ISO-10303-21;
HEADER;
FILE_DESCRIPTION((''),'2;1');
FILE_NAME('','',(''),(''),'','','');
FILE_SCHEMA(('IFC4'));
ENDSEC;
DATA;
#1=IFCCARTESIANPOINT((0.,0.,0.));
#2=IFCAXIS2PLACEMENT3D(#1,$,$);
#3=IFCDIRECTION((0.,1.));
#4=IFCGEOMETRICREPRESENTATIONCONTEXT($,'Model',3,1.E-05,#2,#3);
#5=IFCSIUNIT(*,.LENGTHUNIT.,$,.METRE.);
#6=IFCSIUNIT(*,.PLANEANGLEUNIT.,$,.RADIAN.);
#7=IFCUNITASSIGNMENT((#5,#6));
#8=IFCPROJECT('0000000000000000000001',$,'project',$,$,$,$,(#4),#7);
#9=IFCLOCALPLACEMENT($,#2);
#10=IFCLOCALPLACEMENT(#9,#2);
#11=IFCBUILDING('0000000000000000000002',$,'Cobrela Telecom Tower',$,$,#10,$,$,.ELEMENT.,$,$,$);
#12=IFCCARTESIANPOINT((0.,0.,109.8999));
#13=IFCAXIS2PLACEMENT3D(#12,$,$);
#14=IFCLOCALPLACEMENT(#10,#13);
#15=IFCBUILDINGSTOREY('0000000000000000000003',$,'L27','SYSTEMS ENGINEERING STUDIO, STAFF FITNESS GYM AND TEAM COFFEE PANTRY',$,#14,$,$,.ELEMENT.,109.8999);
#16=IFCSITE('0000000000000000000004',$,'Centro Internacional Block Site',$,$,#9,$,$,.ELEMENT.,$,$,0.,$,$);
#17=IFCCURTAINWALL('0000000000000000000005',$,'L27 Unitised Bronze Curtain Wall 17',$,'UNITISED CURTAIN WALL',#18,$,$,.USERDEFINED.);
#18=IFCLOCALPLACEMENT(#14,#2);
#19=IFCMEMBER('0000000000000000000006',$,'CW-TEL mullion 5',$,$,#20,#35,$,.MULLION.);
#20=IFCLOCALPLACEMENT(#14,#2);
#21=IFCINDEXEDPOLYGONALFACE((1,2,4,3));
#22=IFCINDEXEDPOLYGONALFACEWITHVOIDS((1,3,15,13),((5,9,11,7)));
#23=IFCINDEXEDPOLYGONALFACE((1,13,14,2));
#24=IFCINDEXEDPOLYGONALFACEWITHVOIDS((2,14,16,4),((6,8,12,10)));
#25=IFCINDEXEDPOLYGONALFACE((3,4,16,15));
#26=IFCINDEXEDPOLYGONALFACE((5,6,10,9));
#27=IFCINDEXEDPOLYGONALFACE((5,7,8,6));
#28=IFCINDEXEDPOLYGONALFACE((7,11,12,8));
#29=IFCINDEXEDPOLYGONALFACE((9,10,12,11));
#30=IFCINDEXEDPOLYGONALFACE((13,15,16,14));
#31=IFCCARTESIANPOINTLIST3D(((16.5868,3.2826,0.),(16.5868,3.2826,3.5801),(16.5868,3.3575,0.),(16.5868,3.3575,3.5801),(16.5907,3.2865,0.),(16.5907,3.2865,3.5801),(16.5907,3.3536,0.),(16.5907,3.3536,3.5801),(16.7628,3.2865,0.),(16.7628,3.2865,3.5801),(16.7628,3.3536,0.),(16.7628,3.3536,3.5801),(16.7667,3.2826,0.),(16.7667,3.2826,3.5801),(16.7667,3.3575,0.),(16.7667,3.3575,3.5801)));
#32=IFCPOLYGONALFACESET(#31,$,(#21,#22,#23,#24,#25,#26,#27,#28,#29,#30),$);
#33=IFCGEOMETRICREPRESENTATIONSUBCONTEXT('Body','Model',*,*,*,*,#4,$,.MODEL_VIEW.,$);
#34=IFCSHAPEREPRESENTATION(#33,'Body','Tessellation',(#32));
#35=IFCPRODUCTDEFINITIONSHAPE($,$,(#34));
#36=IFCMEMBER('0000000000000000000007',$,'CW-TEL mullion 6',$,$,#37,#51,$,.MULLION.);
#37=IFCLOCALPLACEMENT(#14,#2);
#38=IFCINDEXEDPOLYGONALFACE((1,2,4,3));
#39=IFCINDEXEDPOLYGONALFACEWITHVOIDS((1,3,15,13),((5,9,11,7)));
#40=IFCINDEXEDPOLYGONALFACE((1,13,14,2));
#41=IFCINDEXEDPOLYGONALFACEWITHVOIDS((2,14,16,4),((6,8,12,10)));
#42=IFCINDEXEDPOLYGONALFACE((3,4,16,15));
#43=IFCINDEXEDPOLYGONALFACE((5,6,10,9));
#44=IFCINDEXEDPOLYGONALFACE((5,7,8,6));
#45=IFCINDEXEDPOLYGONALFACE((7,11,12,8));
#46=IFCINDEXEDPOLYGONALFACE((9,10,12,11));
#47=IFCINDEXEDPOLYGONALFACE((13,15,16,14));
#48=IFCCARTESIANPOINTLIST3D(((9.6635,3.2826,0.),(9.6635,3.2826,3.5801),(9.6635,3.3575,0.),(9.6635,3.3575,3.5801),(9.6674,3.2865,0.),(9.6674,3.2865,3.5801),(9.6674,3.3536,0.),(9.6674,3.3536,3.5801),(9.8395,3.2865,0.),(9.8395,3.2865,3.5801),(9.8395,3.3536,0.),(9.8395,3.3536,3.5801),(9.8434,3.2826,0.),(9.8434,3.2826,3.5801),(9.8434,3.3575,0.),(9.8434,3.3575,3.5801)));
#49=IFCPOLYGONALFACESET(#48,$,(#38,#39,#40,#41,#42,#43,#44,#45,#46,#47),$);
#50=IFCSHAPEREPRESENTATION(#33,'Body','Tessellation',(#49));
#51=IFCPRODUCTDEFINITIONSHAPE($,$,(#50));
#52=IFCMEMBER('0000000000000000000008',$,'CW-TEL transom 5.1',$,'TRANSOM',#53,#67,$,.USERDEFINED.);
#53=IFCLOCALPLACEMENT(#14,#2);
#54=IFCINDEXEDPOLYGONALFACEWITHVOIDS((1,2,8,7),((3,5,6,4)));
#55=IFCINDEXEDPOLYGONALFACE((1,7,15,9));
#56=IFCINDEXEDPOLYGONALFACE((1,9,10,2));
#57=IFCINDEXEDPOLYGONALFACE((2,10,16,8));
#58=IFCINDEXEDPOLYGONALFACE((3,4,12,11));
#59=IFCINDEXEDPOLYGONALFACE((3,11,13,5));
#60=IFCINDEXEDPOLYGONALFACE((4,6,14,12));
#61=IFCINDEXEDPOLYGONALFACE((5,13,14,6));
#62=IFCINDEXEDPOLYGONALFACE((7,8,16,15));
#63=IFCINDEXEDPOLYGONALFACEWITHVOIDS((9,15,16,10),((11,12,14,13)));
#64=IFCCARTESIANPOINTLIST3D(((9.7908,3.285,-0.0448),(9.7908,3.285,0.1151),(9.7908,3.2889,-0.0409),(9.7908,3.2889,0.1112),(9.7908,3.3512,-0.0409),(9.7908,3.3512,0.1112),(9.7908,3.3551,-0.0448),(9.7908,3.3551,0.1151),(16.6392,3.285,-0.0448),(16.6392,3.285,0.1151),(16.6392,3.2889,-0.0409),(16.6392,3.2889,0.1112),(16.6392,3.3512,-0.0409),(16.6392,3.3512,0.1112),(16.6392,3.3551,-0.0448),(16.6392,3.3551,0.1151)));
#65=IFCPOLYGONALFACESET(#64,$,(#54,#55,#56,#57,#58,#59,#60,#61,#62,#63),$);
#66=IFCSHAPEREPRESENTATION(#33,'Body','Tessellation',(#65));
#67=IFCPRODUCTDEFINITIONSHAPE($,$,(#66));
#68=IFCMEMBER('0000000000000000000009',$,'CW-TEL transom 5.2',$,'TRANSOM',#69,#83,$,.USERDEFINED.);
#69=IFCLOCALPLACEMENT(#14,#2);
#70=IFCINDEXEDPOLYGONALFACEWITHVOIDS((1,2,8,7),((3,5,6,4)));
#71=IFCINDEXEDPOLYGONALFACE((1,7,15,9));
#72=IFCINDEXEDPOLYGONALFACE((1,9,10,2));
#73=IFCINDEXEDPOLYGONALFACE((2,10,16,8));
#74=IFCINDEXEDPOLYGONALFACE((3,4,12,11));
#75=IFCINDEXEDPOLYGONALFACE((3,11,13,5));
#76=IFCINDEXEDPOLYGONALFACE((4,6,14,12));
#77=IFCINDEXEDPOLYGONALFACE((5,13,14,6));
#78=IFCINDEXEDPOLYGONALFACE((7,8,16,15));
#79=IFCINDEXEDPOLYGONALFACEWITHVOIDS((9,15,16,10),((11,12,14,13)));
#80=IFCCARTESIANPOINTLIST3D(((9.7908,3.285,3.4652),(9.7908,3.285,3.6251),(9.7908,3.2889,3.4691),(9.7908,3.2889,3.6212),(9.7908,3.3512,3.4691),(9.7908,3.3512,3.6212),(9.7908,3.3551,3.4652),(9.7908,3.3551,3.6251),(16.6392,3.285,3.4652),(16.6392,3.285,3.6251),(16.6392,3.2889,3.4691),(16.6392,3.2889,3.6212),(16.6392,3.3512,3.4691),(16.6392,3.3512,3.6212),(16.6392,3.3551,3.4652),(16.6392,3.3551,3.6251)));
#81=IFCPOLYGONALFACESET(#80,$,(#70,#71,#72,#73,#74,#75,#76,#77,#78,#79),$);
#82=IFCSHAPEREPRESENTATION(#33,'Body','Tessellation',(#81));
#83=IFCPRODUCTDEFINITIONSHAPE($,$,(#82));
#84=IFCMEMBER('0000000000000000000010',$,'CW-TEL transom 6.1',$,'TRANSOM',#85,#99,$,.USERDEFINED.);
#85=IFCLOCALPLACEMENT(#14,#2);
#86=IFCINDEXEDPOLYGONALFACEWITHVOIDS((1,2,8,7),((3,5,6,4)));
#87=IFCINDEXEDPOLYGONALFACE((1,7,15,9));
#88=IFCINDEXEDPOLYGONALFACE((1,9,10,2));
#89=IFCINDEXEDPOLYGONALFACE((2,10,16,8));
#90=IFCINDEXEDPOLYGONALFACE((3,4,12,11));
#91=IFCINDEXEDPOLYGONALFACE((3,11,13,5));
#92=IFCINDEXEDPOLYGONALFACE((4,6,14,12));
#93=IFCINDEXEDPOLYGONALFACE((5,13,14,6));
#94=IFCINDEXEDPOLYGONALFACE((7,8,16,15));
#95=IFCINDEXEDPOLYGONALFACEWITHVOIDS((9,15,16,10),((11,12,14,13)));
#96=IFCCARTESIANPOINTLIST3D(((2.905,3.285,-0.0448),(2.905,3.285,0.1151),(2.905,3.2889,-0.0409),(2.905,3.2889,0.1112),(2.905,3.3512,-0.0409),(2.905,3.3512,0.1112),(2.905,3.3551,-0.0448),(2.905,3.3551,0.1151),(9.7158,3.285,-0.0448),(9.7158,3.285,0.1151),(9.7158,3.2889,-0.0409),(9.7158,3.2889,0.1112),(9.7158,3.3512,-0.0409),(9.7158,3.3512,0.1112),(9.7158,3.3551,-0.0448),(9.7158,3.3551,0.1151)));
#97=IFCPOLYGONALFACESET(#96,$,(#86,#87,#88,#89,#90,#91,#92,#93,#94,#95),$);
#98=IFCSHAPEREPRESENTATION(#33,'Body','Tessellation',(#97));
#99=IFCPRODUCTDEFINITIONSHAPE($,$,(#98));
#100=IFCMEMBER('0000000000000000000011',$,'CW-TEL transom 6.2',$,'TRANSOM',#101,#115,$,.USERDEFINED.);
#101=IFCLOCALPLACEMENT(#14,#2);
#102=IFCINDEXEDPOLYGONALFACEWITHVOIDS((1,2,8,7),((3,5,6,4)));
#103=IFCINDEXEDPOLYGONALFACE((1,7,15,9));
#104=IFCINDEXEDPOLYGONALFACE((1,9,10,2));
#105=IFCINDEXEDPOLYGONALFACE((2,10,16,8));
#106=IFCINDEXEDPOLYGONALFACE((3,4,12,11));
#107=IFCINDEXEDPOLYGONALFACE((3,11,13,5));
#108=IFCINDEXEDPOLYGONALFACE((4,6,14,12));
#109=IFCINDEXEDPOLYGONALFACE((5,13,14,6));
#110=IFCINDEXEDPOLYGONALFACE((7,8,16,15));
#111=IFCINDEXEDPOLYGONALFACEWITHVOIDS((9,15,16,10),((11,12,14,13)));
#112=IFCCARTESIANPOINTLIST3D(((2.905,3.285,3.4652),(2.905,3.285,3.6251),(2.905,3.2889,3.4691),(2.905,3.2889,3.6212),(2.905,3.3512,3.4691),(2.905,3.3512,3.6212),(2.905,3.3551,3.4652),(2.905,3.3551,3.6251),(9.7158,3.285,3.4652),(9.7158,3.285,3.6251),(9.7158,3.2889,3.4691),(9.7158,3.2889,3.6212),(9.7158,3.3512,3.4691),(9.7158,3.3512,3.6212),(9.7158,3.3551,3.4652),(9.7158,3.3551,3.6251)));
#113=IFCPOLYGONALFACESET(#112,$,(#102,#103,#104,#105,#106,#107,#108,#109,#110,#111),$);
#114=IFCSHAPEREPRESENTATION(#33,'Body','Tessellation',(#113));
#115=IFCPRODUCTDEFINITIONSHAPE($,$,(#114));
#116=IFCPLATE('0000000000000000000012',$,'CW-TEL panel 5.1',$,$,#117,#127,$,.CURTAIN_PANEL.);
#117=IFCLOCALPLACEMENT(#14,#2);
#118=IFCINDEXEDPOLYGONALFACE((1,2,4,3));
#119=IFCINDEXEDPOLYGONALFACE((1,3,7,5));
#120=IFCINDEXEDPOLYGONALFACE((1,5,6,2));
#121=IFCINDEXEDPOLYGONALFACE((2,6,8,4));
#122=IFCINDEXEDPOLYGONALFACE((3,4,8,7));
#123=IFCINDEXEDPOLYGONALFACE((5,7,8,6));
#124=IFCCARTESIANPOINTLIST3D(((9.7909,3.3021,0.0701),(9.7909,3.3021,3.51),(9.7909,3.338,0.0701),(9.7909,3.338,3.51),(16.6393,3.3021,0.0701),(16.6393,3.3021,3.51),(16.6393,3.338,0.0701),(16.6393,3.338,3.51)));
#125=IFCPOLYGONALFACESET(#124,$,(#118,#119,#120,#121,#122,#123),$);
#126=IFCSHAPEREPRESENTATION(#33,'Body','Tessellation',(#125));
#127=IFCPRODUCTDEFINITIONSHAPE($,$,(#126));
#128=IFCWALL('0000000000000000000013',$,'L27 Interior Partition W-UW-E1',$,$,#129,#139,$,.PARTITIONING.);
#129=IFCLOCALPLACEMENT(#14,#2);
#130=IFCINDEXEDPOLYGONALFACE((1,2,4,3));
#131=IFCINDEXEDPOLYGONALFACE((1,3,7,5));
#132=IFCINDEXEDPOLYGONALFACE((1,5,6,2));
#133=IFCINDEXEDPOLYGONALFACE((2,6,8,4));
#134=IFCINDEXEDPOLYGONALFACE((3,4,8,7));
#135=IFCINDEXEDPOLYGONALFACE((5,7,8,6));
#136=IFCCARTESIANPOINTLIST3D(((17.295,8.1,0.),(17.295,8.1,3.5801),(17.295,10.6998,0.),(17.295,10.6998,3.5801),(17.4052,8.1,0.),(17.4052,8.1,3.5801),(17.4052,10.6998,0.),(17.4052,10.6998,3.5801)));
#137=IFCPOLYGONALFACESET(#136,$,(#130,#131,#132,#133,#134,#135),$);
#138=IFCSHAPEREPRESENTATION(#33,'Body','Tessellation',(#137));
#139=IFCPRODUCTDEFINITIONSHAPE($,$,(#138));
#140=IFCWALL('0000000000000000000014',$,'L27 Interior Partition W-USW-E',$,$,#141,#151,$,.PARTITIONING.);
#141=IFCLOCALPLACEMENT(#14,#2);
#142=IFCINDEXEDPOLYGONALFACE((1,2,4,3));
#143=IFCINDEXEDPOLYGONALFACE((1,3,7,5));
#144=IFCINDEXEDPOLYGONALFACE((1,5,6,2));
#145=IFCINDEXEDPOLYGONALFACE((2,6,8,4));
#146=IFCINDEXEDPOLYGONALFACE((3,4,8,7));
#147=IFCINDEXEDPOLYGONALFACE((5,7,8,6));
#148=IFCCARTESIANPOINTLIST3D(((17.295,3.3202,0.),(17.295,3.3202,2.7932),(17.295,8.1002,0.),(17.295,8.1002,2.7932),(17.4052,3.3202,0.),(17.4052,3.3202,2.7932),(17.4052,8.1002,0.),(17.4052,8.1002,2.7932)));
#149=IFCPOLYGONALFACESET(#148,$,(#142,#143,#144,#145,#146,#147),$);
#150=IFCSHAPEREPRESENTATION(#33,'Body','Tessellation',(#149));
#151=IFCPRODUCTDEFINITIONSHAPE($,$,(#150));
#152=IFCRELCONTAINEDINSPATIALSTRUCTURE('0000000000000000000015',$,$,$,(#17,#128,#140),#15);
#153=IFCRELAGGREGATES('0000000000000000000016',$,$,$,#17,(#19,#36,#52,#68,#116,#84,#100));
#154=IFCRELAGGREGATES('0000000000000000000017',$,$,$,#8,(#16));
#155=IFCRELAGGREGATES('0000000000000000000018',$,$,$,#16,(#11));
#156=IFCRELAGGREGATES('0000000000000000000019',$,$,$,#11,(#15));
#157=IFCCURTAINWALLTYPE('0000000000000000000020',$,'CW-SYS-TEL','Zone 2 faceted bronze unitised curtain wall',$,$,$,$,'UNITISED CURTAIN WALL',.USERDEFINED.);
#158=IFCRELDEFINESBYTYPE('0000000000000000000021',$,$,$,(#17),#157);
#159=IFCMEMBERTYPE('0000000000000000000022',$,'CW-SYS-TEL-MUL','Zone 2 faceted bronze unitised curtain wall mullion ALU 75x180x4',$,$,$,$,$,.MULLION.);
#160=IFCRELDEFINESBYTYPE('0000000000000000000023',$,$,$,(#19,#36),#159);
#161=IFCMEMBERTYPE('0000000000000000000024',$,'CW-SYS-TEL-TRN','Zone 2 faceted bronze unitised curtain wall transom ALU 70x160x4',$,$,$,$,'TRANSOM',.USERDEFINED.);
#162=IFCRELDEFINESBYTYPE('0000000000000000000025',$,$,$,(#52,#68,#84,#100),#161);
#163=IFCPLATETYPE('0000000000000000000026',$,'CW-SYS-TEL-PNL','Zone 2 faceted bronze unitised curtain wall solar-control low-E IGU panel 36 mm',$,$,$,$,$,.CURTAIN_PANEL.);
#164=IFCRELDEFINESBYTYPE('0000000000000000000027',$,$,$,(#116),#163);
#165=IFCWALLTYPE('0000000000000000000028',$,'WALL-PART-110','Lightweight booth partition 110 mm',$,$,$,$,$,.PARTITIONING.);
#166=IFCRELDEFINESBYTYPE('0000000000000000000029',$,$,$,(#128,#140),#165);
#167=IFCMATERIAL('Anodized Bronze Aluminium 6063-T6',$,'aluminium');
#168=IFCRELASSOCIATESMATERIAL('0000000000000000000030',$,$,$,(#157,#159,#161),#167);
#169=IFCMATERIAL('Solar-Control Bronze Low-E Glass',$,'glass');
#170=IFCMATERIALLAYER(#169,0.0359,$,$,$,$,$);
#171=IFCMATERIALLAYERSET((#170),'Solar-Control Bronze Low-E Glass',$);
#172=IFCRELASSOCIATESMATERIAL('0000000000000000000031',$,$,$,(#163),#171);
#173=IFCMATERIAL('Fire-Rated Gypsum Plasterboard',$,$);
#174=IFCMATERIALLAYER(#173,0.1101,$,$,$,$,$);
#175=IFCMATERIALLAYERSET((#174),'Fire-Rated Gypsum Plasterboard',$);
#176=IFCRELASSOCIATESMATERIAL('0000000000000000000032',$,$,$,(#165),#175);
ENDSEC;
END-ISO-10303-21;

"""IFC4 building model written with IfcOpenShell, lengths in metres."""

from ifc_helpers import new_model, si_unit, direction, frame, frame_2d, origin, origin_2d, place, context, subcontext, project, spatial, rectangle, hollow_rectangle, extrude, material, layer, layer_set, material_profile, profile_set, type_object, element, aggregate, save


model = new_model("IFC4")

# Units and contexts
model_context = context("Model", 3, precision=1e-05, world=origin(), true_north=direction((0.0, 1.0)))
body_context = subcontext(model_context, "Body", "Model", "MODEL_VIEW")
ifc_project = project(units=[si_unit("LENGTHUNIT", "METRE"), si_unit("PLANEANGLEUNIT", "RADIAN")], contexts=[model_context])

# Site, building, storey
site_placement = place(None, origin())
site = spatial("IfcSite", under=ifc_project, at=site_placement, Name="Centro Internacional Block Site", CompositionType="ELEMENT", RefElevation=0.0)
building_placement = place(site_placement, origin())
building = spatial("IfcBuilding", under=site, at=building_placement, Name="Cobrela Telecom Tower", CompositionType="ELEMENT")
storey_placement = place(building_placement, frame((0.0, 0.0, 109.8999)))
storey = spatial("IfcBuildingStorey", under=building, at=storey_placement, Name="L27", Description="SYSTEMS ENGINEERING STUDIO, STAFF FITNESS GYM AND TEAM COFFEE PANTRY", CompositionType="ELEMENT", Elevation=109.8999)

# Curtain wall, members, plate
ifc_material_1 = material(Name="Anodized Bronze Aluminium 6063-T6", Category="aluminium")
curtain_wall_type = type_object("IfcCurtainWallType", Name="CW-SYS-TEL", Description="Zone 2 faceted bronze unitised curtain wall", ElementType="UNITISED CURTAIN WALL", PredefinedType="USERDEFINED", material=ifc_material_1)
curtain_wall_placement = place(storey_placement, origin())
curtain_wall = element("IfcCurtainWall", 1, at=curtain_wall_placement, inside=storey, type_object=curtain_wall_type, Name="L27 Unitised Bronze Curtain Wall 17", ObjectType="UNITISED CURTAIN WALL", PredefinedType="USERDEFINED")
ifc_material_profile_1 = material_profile(ifc_material_1, hollow_rectangle(XDim=0.075, YDim=0.1799, WallThickness=0.0039, at=origin_2d()), Name="ALU 75x180x4")
ifc_profile_set_1 = profile_set([ifc_material_profile_1], Name="Anodized Bronze Aluminium 6063-T6")
member_type_1 = type_object("IfcMemberType", Name="CW-SYS-TEL-MUL", Description="Zone 2 faceted bronze unitised curtain wall mullion ALU 75x180x4", PredefinedType="MULLION", material=ifc_profile_set_1)
member_1_placement = place(storey_placement, frame((16.6768, 3.3201, 0.0), z_axis=(0.0, 0.0, 1.0), x_axis=(0.0, -1.0, 0.0)))
member_1 = element("IfcMember", 2, at=member_1_placement, type_object=member_type_1, Name="CW-TEL mullion 5", PredefinedType="MULLION", context=body_context, shape_type="SweptSolid", body=[
    extrude(hollow_rectangle(XDim=0.075, YDim=0.1799, WallThickness=0.0039, at=origin_2d()), origin(), (0.0, 0.0, 1.0), 3.5801),
])
member_2_placement = place(storey_placement, frame((9.7534, 3.3201, 0.0), z_axis=(0.0, 0.0, 1.0), x_axis=(0.0, -1.0, 0.0)))
member_2 = element("IfcMember", 3, at=member_2_placement, type_object=member_type_1, Name="CW-TEL mullion 6", PredefinedType="MULLION", context=body_context, shape_type="SweptSolid", body=[
    extrude(hollow_rectangle(XDim=0.075, YDim=0.1799, WallThickness=0.0039, at=origin_2d()), origin(), (0.0, 0.0, 1.0), 3.5801),
])
ifc_material_profile_2 = material_profile(ifc_material_1, hollow_rectangle(XDim=0.0701, YDim=0.1599, WallThickness=0.0039, at=origin_2d()), Name="ALU 70x160x4")
ifc_profile_set_2 = profile_set([ifc_material_profile_2], Name="Anodized Bronze Aluminium 6063-T6")
member_type_2 = type_object("IfcMemberType", Name="CW-SYS-TEL-TRN", Description="Zone 2 faceted bronze unitised curtain wall transom ALU 70x160x4", ElementType="TRANSOM", PredefinedType="USERDEFINED", material=ifc_profile_set_2)
member_3_placement = place(storey_placement, frame((16.6392, 3.3201, 0.0352), z_axis=(-1.0, 0.0, 0.0), x_axis=(0.0, -1.0, 0.0)))
member_3 = element("IfcMember", 4, at=member_3_placement, type_object=member_type_2, Name="CW-TEL transom 5.1", ObjectType="TRANSOM", PredefinedType="USERDEFINED", context=body_context, shape_type="SweptSolid", body=[
    extrude(hollow_rectangle(XDim=0.0701, YDim=0.1599, WallThickness=0.0039, at=origin_2d()), origin(), (0.0, 0.0, 1.0), 6.8484),
])
member_4_placement = place(storey_placement, frame((16.6392, 3.3201, 3.5452), z_axis=(-1.0, 0.0, 0.0), x_axis=(0.0, -1.0, 0.0)))
member_4 = element("IfcMember", 5, at=member_4_placement, type_object=member_type_2, Name="CW-TEL transom 5.2", ObjectType="TRANSOM", PredefinedType="USERDEFINED", context=body_context, shape_type="SweptSolid", body=[
    extrude(hollow_rectangle(XDim=0.0701, YDim=0.1599, WallThickness=0.0039, at=origin_2d()), origin(), (0.0, 0.0, 1.0), 6.8484),
])
member_5_placement = place(storey_placement, frame((9.7158, 3.3201, 0.0352), z_axis=(-1.0, 0.0, 0.0), x_axis=(0.0, -1.0, 0.0)))
member_5 = element("IfcMember", 6, at=member_5_placement, type_object=member_type_2, Name="CW-TEL transom 6.1", ObjectType="TRANSOM", PredefinedType="USERDEFINED", context=body_context, shape_type="SweptSolid", body=[
    extrude(hollow_rectangle(XDim=0.0701, YDim=0.1599, WallThickness=0.0039, at=origin_2d()), origin(), (0.0, 0.0, 1.0), 6.8108),
])
member_6_placement = place(storey_placement, frame((9.7158, 3.3201, 3.5452), z_axis=(-1.0, 0.0, 0.0), x_axis=(0.0, -1.0, 0.0)))
member_6 = element("IfcMember", 7, at=member_6_placement, type_object=member_type_2, Name="CW-TEL transom 6.2", ObjectType="TRANSOM", PredefinedType="USERDEFINED", context=body_context, shape_type="SweptSolid", body=[
    extrude(hollow_rectangle(XDim=0.0701, YDim=0.1599, WallThickness=0.0039, at=origin_2d()), origin(), (0.0, 0.0, 1.0), 6.8108),
])
ifc_material_2 = material(Name="Solar-Control Bronze Low-E Glass", Category="glass")
ifc_layer_1 = layer(ifc_material_2, 0.0359)
ifc_layer_set_1 = layer_set([ifc_layer_1], Name="Solar-Control Bronze Low-E Glass")
plate_type = type_object("IfcPlateType", Name="CW-SYS-TEL-PNL", Description="Zone 2 faceted bronze unitised curtain wall solar-control low-E IGU panel 36 mm", PredefinedType="CURTAIN_PANEL", material=ifc_layer_set_1)
plate_placement = place(storey_placement, frame((13.2151, 3.3201, 0.0701), z_axis=(0.0, 0.0, 1.0), x_axis=(-1.0, 0.0, 0.0)))
plate = element("IfcPlate", 8, at=plate_placement, type_object=plate_type, Name="CW-TEL panel 5.1", PredefinedType="CURTAIN_PANEL", context=body_context, shape_type="SweptSolid", body=[
    extrude(rectangle(XDim=6.8484, YDim=0.0359, at=origin_2d()), origin(), (0.0, 0.0, 1.0), 3.4399),
])
aggregate(curtain_wall, [member_1, member_2, member_3, member_4, plate, member_5, member_6])

# Walls
ifc_material_3 = material(Name="Fire-Rated Gypsum Plasterboard")
ifc_layer_2 = layer(ifc_material_3, 0.1101)
ifc_layer_set_2 = layer_set([ifc_layer_2], Name="Fire-Rated Gypsum Plasterboard")
wall_type_1 = type_object("IfcWallType", Name="WALL-PART-110", Description="Lightweight booth partition 110 mm", PredefinedType="PARTITIONING", material=ifc_layer_set_2)
wall_1_placement = place(storey_placement, frame((17.3501, 8.1001, 0.0), z_axis=(0.0, 0.0, 1.0), x_axis=(0.0, 1.0, 0.0)))
element("IfcWall", 9, at=wall_1_placement, inside=storey, type_object=wall_type_1, Name="L27 Interior Partition W-UW-E1", PredefinedType="PARTITIONING", context=body_context, shape_type="SweptSolid", body=[
    extrude(rectangle(XDim=2.5999, YDim=0.1101, at=frame_2d((1.2998, 0.0))), origin(), (0.0, 0.0, 1.0), 3.5801),
])
wall_2_placement = place(storey_placement, frame((17.3501, 3.3201, 0.0), z_axis=(0.0, 0.0, 1.0), x_axis=(0.0, 1.0, 0.0)))
element("IfcWall", 10, at=wall_2_placement, inside=storey, type_object=wall_type_1, Name="L27 Interior Partition W-USW-E", PredefinedType="PARTITIONING", context=body_context, shape_type="SweptSolid", body=[
    extrude(rectangle(XDim=4.78, YDim=0.1101, at=frame_2d((2.3901, 0.0))), origin(), (0.0, 0.0, 1.0), 2.7932),
])

save(model, "model.ifc")
